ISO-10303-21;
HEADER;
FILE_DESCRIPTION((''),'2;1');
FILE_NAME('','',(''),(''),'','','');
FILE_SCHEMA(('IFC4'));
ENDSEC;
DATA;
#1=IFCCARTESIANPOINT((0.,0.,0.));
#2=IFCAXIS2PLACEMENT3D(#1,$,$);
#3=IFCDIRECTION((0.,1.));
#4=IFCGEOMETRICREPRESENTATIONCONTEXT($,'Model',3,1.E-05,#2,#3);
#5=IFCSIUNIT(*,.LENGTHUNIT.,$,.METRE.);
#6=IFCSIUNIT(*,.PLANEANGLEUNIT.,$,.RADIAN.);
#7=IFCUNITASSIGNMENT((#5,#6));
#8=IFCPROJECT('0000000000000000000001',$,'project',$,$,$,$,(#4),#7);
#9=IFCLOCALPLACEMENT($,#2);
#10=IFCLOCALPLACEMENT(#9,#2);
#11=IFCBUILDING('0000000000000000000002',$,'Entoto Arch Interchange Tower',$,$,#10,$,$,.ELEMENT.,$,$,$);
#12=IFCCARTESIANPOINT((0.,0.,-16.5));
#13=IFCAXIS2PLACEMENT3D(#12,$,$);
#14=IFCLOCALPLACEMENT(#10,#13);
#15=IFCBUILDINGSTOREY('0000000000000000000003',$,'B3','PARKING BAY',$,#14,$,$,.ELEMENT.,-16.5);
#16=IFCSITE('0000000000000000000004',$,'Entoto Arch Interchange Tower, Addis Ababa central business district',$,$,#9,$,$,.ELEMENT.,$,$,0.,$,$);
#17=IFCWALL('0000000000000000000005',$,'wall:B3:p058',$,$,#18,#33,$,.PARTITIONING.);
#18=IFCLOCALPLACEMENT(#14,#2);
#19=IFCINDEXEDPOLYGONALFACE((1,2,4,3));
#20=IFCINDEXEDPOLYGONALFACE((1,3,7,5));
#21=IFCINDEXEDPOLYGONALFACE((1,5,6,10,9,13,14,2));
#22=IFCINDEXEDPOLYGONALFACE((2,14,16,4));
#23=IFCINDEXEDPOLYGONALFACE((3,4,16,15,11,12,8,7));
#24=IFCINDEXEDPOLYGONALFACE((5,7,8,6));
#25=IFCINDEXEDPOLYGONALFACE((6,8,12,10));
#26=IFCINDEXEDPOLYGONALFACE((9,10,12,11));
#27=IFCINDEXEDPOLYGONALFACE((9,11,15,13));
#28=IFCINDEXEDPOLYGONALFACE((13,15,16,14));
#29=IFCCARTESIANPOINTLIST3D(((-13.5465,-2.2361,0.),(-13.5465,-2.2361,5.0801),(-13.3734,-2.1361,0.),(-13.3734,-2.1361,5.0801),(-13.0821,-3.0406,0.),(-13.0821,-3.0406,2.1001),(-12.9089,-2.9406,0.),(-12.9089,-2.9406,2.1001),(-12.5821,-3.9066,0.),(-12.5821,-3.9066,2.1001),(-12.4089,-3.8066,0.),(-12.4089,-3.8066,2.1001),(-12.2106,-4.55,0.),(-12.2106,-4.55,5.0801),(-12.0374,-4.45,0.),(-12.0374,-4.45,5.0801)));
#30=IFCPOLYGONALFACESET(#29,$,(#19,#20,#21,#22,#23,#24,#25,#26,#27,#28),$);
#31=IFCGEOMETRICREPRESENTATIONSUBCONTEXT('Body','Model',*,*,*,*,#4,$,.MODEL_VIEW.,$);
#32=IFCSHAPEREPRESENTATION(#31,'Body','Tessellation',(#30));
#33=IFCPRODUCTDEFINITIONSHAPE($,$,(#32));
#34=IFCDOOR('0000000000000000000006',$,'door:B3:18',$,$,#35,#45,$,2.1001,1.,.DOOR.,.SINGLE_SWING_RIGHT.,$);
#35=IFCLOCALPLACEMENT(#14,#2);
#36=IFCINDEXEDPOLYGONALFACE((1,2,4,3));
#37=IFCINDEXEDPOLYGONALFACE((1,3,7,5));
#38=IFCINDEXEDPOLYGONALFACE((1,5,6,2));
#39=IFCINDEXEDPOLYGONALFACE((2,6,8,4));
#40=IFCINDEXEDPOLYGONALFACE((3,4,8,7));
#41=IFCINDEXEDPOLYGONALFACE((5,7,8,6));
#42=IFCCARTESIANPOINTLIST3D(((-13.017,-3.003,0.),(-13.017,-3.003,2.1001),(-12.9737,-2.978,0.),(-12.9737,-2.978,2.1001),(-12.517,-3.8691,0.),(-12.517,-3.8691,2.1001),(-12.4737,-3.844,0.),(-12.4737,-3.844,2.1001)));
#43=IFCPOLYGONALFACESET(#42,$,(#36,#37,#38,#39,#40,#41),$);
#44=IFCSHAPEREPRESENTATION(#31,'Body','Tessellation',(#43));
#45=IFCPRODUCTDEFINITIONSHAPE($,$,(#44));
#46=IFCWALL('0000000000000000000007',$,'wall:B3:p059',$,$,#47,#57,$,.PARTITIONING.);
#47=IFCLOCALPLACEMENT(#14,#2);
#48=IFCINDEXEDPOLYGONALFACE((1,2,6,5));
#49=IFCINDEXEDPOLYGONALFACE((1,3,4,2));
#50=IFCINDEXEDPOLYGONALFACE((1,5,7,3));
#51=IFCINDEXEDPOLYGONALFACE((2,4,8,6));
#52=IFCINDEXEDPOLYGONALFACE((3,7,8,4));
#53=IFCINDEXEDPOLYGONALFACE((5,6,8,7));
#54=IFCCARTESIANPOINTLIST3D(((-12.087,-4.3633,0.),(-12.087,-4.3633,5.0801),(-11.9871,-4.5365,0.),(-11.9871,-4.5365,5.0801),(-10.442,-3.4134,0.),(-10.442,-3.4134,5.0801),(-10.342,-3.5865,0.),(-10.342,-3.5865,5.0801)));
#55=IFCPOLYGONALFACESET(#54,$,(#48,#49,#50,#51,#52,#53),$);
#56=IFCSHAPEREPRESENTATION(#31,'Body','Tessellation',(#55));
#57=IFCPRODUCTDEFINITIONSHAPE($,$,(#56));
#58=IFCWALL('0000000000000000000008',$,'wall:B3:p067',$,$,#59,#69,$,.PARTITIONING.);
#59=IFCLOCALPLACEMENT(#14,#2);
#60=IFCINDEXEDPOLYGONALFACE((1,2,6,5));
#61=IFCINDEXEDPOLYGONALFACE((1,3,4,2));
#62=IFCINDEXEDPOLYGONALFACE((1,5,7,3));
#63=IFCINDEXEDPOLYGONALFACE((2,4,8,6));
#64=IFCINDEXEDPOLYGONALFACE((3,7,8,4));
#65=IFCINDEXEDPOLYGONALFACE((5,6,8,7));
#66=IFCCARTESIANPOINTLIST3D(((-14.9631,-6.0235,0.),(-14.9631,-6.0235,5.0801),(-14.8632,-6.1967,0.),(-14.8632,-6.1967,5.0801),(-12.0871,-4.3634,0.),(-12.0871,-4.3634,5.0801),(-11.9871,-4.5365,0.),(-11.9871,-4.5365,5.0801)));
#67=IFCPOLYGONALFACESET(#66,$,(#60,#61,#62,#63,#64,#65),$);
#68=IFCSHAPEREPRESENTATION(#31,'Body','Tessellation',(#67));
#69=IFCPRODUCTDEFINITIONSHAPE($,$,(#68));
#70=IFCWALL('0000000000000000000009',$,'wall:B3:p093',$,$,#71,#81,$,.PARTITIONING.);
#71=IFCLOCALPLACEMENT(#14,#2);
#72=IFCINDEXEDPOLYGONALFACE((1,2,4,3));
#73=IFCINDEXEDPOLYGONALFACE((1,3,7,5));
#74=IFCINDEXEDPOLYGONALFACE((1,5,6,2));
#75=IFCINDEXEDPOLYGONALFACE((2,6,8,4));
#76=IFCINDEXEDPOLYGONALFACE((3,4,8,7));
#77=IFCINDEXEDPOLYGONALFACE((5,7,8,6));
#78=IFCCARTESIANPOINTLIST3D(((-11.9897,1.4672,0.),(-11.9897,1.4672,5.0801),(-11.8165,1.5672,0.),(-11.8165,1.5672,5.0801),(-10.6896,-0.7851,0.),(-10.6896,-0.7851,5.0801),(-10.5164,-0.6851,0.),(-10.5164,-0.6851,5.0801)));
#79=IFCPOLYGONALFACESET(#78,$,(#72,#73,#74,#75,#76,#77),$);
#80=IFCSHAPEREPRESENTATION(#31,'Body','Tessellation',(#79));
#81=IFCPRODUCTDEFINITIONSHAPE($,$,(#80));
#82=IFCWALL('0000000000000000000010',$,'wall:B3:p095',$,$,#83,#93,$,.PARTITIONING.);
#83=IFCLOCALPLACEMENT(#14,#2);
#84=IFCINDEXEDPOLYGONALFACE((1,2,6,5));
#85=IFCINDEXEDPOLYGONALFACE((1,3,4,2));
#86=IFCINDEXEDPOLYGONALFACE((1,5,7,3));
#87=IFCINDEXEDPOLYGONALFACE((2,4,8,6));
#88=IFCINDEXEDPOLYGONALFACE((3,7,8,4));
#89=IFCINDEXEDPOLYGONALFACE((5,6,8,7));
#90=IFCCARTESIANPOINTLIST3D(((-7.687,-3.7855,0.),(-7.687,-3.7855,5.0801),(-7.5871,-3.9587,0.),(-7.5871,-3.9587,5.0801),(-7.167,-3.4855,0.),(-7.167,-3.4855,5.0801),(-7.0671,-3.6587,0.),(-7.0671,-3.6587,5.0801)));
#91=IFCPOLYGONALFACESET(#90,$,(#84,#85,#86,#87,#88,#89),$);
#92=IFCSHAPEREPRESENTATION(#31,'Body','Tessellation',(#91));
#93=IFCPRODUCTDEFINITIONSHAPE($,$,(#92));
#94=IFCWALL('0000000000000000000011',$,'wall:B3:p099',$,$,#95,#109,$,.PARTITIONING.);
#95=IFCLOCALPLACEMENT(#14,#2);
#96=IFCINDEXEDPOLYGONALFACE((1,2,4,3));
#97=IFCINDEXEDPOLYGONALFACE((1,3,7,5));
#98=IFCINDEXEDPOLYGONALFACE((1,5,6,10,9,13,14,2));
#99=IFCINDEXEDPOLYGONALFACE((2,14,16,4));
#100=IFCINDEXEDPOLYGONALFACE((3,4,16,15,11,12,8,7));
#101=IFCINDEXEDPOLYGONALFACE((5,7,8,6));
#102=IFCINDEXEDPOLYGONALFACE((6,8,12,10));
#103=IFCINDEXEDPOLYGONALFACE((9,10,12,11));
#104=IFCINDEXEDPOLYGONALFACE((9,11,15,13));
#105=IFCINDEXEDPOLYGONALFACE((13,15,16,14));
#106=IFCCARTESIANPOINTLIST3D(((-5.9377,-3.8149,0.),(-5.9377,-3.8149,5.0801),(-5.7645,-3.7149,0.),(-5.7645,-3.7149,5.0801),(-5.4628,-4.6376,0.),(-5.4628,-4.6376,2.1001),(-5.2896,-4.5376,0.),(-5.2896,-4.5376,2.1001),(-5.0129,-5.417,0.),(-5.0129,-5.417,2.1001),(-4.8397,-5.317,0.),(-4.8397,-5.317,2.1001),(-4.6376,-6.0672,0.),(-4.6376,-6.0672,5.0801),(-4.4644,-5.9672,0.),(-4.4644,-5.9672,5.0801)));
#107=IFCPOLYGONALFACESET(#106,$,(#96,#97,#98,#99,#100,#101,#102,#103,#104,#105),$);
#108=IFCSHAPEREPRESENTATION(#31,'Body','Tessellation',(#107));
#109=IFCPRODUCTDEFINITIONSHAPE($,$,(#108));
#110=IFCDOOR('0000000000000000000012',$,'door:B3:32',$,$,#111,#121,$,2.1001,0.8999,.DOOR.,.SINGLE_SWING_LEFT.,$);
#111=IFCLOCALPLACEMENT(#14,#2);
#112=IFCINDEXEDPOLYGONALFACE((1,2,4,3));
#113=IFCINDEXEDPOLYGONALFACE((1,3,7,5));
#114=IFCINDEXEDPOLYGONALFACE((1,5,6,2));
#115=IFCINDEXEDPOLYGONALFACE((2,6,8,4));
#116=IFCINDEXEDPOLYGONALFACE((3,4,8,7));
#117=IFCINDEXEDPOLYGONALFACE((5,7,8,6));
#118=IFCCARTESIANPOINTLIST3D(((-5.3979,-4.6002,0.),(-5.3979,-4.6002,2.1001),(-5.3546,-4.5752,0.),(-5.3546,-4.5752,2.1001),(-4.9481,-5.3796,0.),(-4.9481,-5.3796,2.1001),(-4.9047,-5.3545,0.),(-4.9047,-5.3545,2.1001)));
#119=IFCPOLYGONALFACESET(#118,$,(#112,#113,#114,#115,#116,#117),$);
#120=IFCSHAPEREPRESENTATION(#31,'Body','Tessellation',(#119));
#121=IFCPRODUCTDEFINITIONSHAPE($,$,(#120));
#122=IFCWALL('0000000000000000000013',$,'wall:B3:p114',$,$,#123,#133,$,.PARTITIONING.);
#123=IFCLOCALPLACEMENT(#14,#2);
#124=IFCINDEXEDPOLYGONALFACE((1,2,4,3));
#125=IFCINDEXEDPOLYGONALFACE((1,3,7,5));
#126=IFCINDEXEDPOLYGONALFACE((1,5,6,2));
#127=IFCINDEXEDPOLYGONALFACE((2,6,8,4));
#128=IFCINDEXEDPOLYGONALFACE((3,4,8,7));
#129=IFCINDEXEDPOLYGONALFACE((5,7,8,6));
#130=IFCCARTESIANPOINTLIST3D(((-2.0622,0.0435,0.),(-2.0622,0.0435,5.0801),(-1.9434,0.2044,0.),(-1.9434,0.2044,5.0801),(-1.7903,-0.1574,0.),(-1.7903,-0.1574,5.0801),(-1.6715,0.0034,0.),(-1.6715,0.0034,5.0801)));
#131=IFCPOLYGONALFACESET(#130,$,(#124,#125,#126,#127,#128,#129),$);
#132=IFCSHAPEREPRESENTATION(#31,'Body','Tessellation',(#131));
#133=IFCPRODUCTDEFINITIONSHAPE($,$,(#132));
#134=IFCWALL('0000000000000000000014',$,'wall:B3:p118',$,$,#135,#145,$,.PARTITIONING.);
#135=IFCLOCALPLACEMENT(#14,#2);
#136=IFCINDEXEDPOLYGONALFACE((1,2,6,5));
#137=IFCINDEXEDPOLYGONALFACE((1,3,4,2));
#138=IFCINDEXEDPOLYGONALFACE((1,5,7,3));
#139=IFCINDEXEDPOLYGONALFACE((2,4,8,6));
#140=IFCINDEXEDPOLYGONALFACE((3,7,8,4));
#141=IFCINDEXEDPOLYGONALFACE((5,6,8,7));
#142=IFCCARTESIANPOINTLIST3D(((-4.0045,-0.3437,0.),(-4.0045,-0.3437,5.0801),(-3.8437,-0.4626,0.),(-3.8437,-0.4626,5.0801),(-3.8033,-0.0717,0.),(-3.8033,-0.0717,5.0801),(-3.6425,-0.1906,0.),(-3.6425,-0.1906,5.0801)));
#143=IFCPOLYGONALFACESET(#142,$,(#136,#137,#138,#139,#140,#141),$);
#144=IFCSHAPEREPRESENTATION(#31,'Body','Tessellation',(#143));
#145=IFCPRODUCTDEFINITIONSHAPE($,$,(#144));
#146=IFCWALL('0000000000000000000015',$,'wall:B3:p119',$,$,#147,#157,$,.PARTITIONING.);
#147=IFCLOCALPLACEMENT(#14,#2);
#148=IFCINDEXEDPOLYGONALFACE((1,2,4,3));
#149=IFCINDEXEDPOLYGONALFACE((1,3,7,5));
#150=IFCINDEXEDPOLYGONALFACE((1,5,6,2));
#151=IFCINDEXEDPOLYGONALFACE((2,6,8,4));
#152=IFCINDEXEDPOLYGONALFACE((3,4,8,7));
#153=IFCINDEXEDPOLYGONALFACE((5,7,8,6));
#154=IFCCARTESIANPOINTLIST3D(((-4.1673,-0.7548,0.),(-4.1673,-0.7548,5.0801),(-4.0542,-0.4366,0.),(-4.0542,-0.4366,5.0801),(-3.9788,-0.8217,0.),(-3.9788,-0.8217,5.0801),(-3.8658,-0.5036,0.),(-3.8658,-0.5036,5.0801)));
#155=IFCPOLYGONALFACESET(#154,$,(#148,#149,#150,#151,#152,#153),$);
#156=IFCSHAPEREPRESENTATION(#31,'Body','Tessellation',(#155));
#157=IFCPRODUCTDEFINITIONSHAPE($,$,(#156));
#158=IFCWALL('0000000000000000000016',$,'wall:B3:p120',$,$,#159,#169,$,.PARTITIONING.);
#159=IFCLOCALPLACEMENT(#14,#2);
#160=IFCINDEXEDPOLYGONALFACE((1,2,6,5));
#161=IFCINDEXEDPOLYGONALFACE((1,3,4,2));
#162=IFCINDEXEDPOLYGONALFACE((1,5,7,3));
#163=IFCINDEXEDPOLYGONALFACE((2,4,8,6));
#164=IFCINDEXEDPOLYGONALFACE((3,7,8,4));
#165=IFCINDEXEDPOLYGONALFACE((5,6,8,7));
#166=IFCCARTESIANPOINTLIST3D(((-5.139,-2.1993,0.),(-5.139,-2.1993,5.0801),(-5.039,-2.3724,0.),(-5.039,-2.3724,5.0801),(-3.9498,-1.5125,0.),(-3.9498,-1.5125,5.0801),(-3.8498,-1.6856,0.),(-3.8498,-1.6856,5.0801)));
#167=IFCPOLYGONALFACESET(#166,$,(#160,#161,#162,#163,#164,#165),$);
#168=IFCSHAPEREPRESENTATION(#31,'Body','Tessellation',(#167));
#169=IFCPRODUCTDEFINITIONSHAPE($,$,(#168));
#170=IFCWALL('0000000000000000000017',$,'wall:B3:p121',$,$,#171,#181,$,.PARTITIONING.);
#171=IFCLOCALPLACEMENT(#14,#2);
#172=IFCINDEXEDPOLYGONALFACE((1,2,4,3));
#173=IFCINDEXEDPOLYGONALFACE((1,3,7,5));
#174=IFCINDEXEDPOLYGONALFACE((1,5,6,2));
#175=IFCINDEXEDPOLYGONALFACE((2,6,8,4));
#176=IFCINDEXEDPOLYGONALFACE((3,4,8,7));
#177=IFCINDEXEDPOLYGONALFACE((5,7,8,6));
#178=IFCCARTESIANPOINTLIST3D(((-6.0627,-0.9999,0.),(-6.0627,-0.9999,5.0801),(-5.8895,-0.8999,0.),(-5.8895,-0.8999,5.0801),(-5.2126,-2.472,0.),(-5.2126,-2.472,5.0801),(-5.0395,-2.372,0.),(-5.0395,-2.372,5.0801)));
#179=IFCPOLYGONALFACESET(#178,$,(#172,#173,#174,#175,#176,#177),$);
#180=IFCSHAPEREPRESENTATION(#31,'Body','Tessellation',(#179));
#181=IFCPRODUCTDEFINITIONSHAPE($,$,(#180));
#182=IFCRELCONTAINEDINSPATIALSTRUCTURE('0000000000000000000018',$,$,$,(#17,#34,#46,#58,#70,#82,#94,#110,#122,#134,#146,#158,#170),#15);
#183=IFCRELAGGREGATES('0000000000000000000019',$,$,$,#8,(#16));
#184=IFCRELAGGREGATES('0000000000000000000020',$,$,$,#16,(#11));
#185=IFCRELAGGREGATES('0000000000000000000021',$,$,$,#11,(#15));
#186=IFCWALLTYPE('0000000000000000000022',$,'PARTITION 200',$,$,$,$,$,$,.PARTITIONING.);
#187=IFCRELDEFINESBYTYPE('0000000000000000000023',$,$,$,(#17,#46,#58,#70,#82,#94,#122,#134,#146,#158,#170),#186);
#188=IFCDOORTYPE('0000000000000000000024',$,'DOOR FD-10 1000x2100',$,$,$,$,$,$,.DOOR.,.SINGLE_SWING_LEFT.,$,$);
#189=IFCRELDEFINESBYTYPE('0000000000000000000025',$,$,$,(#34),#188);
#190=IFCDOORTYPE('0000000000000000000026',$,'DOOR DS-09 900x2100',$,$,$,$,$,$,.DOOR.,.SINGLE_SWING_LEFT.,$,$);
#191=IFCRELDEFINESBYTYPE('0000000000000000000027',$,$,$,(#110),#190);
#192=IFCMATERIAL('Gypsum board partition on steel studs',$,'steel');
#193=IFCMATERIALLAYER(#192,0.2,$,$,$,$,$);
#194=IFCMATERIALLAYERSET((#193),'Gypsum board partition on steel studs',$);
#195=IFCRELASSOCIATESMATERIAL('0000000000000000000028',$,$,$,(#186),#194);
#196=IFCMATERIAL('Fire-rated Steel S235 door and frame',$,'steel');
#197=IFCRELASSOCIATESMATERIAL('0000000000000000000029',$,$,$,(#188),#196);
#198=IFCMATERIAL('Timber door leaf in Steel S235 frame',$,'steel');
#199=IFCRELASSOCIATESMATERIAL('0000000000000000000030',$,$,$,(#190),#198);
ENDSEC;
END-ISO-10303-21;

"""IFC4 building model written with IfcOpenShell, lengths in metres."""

from ifc_helpers import new_model, si_unit, direction, frame, frame_2d, origin, place, context, subcontext, project, spatial, rectangle, extrude, material, layer, layer_set, type_object, element, fill, save


model = new_model("IFC4")

# Units and contexts
model_context = context("Model", 3, precision=1e-05, world=origin(), true_north=direction((0.0, 1.0)))
body_context = subcontext(model_context, "Body", "Model", "MODEL_VIEW")
ifc_project = project(units=[si_unit("LENGTHUNIT", "METRE"), si_unit("PLANEANGLEUNIT", "RADIAN")], contexts=[model_context])

# Site, building, storey
site_placement = place(None, origin())
site = spatial("IfcSite", under=ifc_project, at=site_placement, Name="Entoto Arch Interchange Tower, Addis Ababa central business district", CompositionType="ELEMENT", RefElevation=0.0)
building_placement = place(site_placement, origin())
building = spatial("IfcBuilding", under=site, at=building_placement, Name="Entoto Arch Interchange Tower", CompositionType="ELEMENT")
storey_placement = place(building_placement, frame((0.0, 0.0, -16.5)))
storey = spatial("IfcBuildingStorey", under=building, at=storey_placement, Name="B3", Description="PARKING BAY", CompositionType="ELEMENT", Elevation=-16.5)

# Wall, opening, door
ifc_material_1 = material(Name="Gypsum board partition on steel studs", Category="steel")
ifc_layer_1 = layer(ifc_material_1, 0.2)
ifc_layer_set_1 = layer_set([ifc_layer_1], Name="Gypsum board partition on steel studs")
wall_type_1 = type_object("IfcWallType", Name="PARTITION 200", PredefinedType="PARTITIONING", material=ifc_layer_set_1)
ifc_material_2 = material(Name="Fire-rated Steel S235 door and frame", Category="steel")
door_type_1 = type_object("IfcDoorType", Name="DOOR FD-10 1000x2100", OperationType="SINGLE_SWING_LEFT", PredefinedType="DOOR", material=ifc_material_2)
wall_1_placement = place(storey_placement, frame((-12.124, -4.5, 0.0), z_axis=(0.0, 0.0, 1.0), x_axis=(-0.499991, 0.86603, 0.0)))
wall_1 = element("IfcWall", 1, at=wall_1_placement, inside=storey, type_object=wall_type_1, Name="wall:B3:p058", PredefinedType="PARTITIONING", context=body_context, shape_type="SweptSolid", body=[
    extrude(rectangle(XDim=2.6719, YDim=0.2, at=frame_2d((1.3359, 0.0))), origin(), (0.0, 0.0, 1.0), 5.0801),
])
opening_1_placement = place(wall_1_placement, frame((0.7429, 0.0, 0.0)))
opening_1 = element("IfcOpeningElement", 2, at=opening_1_placement, cuts=wall_1, PredefinedType="OPENING", context=body_context, shape_type="SweptSolid", body=[
    extrude(rectangle(XDim=1.0, YDim=2.1001, at=frame_2d((0.5, 1.05))), frame((0.0, 0.1099, 0.0), z_axis=(0.0, -1.0, 0.0), x_axis=(1.0, 0.0, 0.0)), (0.0, 0.0, 1.0), 0.22),
])
door_1_placement = place(opening_1_placement, origin())
door_1 = element("IfcDoor", 3, at=door_1_placement, inside=storey, type_object=door_type_1, Name="door:B3:18", OperationType="SINGLE_SWING_RIGHT", OverallHeight=2.1001, OverallWidth=1.0, PredefinedType="DOOR", context=body_context, shape_type="SweptSolid", body=[
    extrude(rectangle(XDim=1.0, YDim=2.1001, at=frame_2d((0.5, 1.05))), frame((0.0, 0.0249, 0.0), z_axis=(0.0, -1.0, 0.0), x_axis=(1.0, 0.0, 0.0)), (0.0, 0.0, 1.0), 0.05),
])
fill(opening_1, door_1)

# Walls
wall_2_placement = place(storey_placement, frame((-10.3921, -3.5, 0.0), z_axis=(0.0, 0.0, 1.0), x_axis=(-0.86598, -0.500078, 0.0)))
element("IfcWall", 4, at=wall_2_placement, inside=storey, type_object=wall_type_1, Name="wall:B3:p059", PredefinedType="PARTITIONING", context=body_context, shape_type="SweptSolid", body=[
    extrude(rectangle(XDim=1.8997, YDim=0.2, at=frame_2d((0.9497, 0.0))), origin(), (0.0, 0.0, 1.0), 5.0801),
])
wall_3_placement = place(storey_placement, frame((-12.0371, -4.45, 0.0), z_axis=(0.0, 0.0, 1.0), x_axis=(-0.866063, -0.499935, 0.0)))
element("IfcWall", 5, at=wall_3_placement, inside=storey, type_object=wall_type_1, Name="wall:B3:p067", PredefinedType="PARTITIONING", context=body_context, shape_type="SweptSolid", body=[
    extrude(rectangle(XDim=3.3208, YDim=0.2, at=frame_2d((1.6604, 0.0))), origin(), (0.0, 0.0, 1.0), 5.0801),
])
wall_4_placement = place(storey_placement, frame((-10.603, -0.7351, 0.0), z_axis=(0.0, 0.0, 1.0), x_axis=(-0.499926, 0.866068, 0.0)))
element("IfcWall", 6, at=wall_4_placement, inside=storey, type_object=wall_type_1, Name="wall:B3:p093", PredefinedType="PARTITIONING", context=body_context, shape_type="SweptSolid", body=[
    extrude(rectangle(XDim=2.6006, YDim=0.2, at=frame_2d((1.3003, 0.0))), origin(), (0.0, 0.0, 1.0), 5.0801),
])
wall_5_placement = place(storey_placement, frame((-7.1169, -3.572, 0.0), z_axis=(0.0, 0.0, 1.0), x_axis=(-0.866159, -0.499769, 0.0)))
element("IfcWall", 7, at=wall_5_placement, inside=storey, type_object=wall_type_1, Name="wall:B3:p095", PredefinedType="PARTITIONING", context=body_context, shape_type="SweptSolid", body=[
    extrude(rectangle(XDim=0.6003, YDim=0.2, at=frame_2d((0.3003, 0.0))), origin(), (0.0, 0.0, 1.0), 5.0801),
])

# Wall, opening, door
wall_6_placement = place(storey_placement, frame((-5.8511, -3.7649, 0.0), z_axis=(0.0, 0.0, 1.0), x_axis=(0.499926, -0.866068, 0.0)))
wall_6 = element("IfcWall", 8, at=wall_6_placement, inside=storey, type_object=wall_type_1, Name="wall:B3:p099", PredefinedType="PARTITIONING", context=body_context, shape_type="SweptSolid", body=[
    extrude(rectangle(XDim=2.6006, YDim=0.2, at=frame_2d((1.3003, 0.0))), origin(), (0.0, 0.0, 1.0), 5.0801),
])
opening_2_placement = place(wall_6_placement, frame((0.95, 0.0, 0.0)))
opening_2 = element("IfcOpeningElement", 9, at=opening_2_placement, cuts=wall_6, PredefinedType="OPENING", context=body_context, shape_type="SweptSolid", body=[
    extrude(rectangle(XDim=0.8999, YDim=2.1001, at=frame_2d((0.45, 1.05))), frame((0.0, 0.1099, 0.0), z_axis=(0.0, -1.0, 0.0), x_axis=(1.0, 0.0, 0.0)), (0.0, 0.0, 1.0), 0.22),
])
ifc_material_3 = material(Name="Timber door leaf in Steel S235 frame", Category="steel")
door_type_2 = type_object("IfcDoorType", Name="DOOR DS-09 900x2100", OperationType="SINGLE_SWING_LEFT", PredefinedType="DOOR", material=ifc_material_3)
door_2_placement = place(opening_2_placement, origin())
door_2 = element("IfcDoor", 10, at=door_2_placement, inside=storey, type_object=door_type_2, Name="door:B3:32", OperationType="SINGLE_SWING_LEFT", OverallHeight=2.1001, OverallWidth=0.8999, PredefinedType="DOOR", context=body_context, shape_type="SweptSolid", body=[
    extrude(rectangle(XDim=0.8999, YDim=2.1001, at=frame_2d((0.45, 1.05))), frame((0.0, 0.0249, 0.0), z_axis=(0.0, -1.0, 0.0), x_axis=(1.0, 0.0, 0.0)), (0.0, 0.0, 1.0), 0.05),
])
fill(opening_2, door_2)

# Walls
wall_7_placement = place(storey_placement, frame((-1.731, -0.0769, 0.0), z_axis=(0.0, 0.0, 1.0), x_axis=(-0.804311, 0.594208, 0.0)))
element("IfcWall", 11, at=wall_7_placement, inside=storey, type_object=wall_type_1, Name="wall:B3:p114", PredefinedType="PARTITIONING", context=body_context, shape_type="SweptSolid", body=[
    extrude(rectangle(XDim=0.3381, YDim=0.2, at=frame_2d((0.1689, 0.0))), origin(), (0.0, 0.0, 1.0), 5.0801),
])
wall_8_placement = place(storey_placement, frame((-3.7229, -0.1311, 0.0), z_axis=(0.0, 0.0, 1.0), x_axis=(-0.594675, -0.803966, 0.0)))
element("IfcWall", 12, at=wall_8_placement, inside=storey, type_object=wall_type_1, Name="wall:B3:p118", PredefinedType="PARTITIONING", context=body_context, shape_type="SweptSolid", body=[
    extrude(rectangle(XDim=0.3384, YDim=0.2, at=frame_2d((0.1692, 0.0))), origin(), (0.0, 0.0, 1.0), 5.0801),
])
wall_9_placement = place(storey_placement, frame((-3.96, -0.47, 0.0), z_axis=(0.0, 0.0, 1.0), x_axis=(-0.334824, -0.942281, 0.0)))
element("IfcWall", 13, at=wall_9_placement, inside=storey, type_object=wall_type_1, Name="wall:B3:p119", PredefinedType="PARTITIONING", context=body_context, shape_type="SweptSolid", body=[
    extrude(rectangle(XDim=0.3376, YDim=0.2, at=frame_2d((0.1689, 0.0))), origin(), (0.0, 0.0, 1.0), 5.0801),
])
wall_10_placement = place(storey_placement, frame((-3.8999, -1.5991, 0.0), z_axis=(0.0, 0.0, 1.0), x_axis=(-0.865969, -0.500097, 0.0)))
element("IfcWall", 14, at=wall_10_placement, inside=storey, type_object=wall_type_1, Name="wall:B3:p120", PredefinedType="PARTITIONING", context=body_context, shape_type="SweptSolid", body=[
    extrude(rectangle(XDim=1.3733, YDim=0.2, at=frame_2d((0.6865, 0.0))), origin(), (0.0, 0.0, 1.0), 5.0801),
])
wall_11_placement = place(storey_placement, frame((-5.126, -2.4221, 0.0), z_axis=(0.0, 0.0, 1.0), x_axis=(-0.500062, 0.865989, 0.0)))
element("IfcWall", 15, at=wall_11_placement, inside=storey, type_object=wall_type_1, Name="wall:B3:p121", PredefinedType="PARTITIONING", context=body_context, shape_type="SweptSolid", body=[
    extrude(rectangle(XDim=1.7, YDim=0.2, at=frame_2d((0.8501, 0.0))), origin(), (0.0, 0.0, 1.0), 5.0801),
])

save(model, "model.ifc")
